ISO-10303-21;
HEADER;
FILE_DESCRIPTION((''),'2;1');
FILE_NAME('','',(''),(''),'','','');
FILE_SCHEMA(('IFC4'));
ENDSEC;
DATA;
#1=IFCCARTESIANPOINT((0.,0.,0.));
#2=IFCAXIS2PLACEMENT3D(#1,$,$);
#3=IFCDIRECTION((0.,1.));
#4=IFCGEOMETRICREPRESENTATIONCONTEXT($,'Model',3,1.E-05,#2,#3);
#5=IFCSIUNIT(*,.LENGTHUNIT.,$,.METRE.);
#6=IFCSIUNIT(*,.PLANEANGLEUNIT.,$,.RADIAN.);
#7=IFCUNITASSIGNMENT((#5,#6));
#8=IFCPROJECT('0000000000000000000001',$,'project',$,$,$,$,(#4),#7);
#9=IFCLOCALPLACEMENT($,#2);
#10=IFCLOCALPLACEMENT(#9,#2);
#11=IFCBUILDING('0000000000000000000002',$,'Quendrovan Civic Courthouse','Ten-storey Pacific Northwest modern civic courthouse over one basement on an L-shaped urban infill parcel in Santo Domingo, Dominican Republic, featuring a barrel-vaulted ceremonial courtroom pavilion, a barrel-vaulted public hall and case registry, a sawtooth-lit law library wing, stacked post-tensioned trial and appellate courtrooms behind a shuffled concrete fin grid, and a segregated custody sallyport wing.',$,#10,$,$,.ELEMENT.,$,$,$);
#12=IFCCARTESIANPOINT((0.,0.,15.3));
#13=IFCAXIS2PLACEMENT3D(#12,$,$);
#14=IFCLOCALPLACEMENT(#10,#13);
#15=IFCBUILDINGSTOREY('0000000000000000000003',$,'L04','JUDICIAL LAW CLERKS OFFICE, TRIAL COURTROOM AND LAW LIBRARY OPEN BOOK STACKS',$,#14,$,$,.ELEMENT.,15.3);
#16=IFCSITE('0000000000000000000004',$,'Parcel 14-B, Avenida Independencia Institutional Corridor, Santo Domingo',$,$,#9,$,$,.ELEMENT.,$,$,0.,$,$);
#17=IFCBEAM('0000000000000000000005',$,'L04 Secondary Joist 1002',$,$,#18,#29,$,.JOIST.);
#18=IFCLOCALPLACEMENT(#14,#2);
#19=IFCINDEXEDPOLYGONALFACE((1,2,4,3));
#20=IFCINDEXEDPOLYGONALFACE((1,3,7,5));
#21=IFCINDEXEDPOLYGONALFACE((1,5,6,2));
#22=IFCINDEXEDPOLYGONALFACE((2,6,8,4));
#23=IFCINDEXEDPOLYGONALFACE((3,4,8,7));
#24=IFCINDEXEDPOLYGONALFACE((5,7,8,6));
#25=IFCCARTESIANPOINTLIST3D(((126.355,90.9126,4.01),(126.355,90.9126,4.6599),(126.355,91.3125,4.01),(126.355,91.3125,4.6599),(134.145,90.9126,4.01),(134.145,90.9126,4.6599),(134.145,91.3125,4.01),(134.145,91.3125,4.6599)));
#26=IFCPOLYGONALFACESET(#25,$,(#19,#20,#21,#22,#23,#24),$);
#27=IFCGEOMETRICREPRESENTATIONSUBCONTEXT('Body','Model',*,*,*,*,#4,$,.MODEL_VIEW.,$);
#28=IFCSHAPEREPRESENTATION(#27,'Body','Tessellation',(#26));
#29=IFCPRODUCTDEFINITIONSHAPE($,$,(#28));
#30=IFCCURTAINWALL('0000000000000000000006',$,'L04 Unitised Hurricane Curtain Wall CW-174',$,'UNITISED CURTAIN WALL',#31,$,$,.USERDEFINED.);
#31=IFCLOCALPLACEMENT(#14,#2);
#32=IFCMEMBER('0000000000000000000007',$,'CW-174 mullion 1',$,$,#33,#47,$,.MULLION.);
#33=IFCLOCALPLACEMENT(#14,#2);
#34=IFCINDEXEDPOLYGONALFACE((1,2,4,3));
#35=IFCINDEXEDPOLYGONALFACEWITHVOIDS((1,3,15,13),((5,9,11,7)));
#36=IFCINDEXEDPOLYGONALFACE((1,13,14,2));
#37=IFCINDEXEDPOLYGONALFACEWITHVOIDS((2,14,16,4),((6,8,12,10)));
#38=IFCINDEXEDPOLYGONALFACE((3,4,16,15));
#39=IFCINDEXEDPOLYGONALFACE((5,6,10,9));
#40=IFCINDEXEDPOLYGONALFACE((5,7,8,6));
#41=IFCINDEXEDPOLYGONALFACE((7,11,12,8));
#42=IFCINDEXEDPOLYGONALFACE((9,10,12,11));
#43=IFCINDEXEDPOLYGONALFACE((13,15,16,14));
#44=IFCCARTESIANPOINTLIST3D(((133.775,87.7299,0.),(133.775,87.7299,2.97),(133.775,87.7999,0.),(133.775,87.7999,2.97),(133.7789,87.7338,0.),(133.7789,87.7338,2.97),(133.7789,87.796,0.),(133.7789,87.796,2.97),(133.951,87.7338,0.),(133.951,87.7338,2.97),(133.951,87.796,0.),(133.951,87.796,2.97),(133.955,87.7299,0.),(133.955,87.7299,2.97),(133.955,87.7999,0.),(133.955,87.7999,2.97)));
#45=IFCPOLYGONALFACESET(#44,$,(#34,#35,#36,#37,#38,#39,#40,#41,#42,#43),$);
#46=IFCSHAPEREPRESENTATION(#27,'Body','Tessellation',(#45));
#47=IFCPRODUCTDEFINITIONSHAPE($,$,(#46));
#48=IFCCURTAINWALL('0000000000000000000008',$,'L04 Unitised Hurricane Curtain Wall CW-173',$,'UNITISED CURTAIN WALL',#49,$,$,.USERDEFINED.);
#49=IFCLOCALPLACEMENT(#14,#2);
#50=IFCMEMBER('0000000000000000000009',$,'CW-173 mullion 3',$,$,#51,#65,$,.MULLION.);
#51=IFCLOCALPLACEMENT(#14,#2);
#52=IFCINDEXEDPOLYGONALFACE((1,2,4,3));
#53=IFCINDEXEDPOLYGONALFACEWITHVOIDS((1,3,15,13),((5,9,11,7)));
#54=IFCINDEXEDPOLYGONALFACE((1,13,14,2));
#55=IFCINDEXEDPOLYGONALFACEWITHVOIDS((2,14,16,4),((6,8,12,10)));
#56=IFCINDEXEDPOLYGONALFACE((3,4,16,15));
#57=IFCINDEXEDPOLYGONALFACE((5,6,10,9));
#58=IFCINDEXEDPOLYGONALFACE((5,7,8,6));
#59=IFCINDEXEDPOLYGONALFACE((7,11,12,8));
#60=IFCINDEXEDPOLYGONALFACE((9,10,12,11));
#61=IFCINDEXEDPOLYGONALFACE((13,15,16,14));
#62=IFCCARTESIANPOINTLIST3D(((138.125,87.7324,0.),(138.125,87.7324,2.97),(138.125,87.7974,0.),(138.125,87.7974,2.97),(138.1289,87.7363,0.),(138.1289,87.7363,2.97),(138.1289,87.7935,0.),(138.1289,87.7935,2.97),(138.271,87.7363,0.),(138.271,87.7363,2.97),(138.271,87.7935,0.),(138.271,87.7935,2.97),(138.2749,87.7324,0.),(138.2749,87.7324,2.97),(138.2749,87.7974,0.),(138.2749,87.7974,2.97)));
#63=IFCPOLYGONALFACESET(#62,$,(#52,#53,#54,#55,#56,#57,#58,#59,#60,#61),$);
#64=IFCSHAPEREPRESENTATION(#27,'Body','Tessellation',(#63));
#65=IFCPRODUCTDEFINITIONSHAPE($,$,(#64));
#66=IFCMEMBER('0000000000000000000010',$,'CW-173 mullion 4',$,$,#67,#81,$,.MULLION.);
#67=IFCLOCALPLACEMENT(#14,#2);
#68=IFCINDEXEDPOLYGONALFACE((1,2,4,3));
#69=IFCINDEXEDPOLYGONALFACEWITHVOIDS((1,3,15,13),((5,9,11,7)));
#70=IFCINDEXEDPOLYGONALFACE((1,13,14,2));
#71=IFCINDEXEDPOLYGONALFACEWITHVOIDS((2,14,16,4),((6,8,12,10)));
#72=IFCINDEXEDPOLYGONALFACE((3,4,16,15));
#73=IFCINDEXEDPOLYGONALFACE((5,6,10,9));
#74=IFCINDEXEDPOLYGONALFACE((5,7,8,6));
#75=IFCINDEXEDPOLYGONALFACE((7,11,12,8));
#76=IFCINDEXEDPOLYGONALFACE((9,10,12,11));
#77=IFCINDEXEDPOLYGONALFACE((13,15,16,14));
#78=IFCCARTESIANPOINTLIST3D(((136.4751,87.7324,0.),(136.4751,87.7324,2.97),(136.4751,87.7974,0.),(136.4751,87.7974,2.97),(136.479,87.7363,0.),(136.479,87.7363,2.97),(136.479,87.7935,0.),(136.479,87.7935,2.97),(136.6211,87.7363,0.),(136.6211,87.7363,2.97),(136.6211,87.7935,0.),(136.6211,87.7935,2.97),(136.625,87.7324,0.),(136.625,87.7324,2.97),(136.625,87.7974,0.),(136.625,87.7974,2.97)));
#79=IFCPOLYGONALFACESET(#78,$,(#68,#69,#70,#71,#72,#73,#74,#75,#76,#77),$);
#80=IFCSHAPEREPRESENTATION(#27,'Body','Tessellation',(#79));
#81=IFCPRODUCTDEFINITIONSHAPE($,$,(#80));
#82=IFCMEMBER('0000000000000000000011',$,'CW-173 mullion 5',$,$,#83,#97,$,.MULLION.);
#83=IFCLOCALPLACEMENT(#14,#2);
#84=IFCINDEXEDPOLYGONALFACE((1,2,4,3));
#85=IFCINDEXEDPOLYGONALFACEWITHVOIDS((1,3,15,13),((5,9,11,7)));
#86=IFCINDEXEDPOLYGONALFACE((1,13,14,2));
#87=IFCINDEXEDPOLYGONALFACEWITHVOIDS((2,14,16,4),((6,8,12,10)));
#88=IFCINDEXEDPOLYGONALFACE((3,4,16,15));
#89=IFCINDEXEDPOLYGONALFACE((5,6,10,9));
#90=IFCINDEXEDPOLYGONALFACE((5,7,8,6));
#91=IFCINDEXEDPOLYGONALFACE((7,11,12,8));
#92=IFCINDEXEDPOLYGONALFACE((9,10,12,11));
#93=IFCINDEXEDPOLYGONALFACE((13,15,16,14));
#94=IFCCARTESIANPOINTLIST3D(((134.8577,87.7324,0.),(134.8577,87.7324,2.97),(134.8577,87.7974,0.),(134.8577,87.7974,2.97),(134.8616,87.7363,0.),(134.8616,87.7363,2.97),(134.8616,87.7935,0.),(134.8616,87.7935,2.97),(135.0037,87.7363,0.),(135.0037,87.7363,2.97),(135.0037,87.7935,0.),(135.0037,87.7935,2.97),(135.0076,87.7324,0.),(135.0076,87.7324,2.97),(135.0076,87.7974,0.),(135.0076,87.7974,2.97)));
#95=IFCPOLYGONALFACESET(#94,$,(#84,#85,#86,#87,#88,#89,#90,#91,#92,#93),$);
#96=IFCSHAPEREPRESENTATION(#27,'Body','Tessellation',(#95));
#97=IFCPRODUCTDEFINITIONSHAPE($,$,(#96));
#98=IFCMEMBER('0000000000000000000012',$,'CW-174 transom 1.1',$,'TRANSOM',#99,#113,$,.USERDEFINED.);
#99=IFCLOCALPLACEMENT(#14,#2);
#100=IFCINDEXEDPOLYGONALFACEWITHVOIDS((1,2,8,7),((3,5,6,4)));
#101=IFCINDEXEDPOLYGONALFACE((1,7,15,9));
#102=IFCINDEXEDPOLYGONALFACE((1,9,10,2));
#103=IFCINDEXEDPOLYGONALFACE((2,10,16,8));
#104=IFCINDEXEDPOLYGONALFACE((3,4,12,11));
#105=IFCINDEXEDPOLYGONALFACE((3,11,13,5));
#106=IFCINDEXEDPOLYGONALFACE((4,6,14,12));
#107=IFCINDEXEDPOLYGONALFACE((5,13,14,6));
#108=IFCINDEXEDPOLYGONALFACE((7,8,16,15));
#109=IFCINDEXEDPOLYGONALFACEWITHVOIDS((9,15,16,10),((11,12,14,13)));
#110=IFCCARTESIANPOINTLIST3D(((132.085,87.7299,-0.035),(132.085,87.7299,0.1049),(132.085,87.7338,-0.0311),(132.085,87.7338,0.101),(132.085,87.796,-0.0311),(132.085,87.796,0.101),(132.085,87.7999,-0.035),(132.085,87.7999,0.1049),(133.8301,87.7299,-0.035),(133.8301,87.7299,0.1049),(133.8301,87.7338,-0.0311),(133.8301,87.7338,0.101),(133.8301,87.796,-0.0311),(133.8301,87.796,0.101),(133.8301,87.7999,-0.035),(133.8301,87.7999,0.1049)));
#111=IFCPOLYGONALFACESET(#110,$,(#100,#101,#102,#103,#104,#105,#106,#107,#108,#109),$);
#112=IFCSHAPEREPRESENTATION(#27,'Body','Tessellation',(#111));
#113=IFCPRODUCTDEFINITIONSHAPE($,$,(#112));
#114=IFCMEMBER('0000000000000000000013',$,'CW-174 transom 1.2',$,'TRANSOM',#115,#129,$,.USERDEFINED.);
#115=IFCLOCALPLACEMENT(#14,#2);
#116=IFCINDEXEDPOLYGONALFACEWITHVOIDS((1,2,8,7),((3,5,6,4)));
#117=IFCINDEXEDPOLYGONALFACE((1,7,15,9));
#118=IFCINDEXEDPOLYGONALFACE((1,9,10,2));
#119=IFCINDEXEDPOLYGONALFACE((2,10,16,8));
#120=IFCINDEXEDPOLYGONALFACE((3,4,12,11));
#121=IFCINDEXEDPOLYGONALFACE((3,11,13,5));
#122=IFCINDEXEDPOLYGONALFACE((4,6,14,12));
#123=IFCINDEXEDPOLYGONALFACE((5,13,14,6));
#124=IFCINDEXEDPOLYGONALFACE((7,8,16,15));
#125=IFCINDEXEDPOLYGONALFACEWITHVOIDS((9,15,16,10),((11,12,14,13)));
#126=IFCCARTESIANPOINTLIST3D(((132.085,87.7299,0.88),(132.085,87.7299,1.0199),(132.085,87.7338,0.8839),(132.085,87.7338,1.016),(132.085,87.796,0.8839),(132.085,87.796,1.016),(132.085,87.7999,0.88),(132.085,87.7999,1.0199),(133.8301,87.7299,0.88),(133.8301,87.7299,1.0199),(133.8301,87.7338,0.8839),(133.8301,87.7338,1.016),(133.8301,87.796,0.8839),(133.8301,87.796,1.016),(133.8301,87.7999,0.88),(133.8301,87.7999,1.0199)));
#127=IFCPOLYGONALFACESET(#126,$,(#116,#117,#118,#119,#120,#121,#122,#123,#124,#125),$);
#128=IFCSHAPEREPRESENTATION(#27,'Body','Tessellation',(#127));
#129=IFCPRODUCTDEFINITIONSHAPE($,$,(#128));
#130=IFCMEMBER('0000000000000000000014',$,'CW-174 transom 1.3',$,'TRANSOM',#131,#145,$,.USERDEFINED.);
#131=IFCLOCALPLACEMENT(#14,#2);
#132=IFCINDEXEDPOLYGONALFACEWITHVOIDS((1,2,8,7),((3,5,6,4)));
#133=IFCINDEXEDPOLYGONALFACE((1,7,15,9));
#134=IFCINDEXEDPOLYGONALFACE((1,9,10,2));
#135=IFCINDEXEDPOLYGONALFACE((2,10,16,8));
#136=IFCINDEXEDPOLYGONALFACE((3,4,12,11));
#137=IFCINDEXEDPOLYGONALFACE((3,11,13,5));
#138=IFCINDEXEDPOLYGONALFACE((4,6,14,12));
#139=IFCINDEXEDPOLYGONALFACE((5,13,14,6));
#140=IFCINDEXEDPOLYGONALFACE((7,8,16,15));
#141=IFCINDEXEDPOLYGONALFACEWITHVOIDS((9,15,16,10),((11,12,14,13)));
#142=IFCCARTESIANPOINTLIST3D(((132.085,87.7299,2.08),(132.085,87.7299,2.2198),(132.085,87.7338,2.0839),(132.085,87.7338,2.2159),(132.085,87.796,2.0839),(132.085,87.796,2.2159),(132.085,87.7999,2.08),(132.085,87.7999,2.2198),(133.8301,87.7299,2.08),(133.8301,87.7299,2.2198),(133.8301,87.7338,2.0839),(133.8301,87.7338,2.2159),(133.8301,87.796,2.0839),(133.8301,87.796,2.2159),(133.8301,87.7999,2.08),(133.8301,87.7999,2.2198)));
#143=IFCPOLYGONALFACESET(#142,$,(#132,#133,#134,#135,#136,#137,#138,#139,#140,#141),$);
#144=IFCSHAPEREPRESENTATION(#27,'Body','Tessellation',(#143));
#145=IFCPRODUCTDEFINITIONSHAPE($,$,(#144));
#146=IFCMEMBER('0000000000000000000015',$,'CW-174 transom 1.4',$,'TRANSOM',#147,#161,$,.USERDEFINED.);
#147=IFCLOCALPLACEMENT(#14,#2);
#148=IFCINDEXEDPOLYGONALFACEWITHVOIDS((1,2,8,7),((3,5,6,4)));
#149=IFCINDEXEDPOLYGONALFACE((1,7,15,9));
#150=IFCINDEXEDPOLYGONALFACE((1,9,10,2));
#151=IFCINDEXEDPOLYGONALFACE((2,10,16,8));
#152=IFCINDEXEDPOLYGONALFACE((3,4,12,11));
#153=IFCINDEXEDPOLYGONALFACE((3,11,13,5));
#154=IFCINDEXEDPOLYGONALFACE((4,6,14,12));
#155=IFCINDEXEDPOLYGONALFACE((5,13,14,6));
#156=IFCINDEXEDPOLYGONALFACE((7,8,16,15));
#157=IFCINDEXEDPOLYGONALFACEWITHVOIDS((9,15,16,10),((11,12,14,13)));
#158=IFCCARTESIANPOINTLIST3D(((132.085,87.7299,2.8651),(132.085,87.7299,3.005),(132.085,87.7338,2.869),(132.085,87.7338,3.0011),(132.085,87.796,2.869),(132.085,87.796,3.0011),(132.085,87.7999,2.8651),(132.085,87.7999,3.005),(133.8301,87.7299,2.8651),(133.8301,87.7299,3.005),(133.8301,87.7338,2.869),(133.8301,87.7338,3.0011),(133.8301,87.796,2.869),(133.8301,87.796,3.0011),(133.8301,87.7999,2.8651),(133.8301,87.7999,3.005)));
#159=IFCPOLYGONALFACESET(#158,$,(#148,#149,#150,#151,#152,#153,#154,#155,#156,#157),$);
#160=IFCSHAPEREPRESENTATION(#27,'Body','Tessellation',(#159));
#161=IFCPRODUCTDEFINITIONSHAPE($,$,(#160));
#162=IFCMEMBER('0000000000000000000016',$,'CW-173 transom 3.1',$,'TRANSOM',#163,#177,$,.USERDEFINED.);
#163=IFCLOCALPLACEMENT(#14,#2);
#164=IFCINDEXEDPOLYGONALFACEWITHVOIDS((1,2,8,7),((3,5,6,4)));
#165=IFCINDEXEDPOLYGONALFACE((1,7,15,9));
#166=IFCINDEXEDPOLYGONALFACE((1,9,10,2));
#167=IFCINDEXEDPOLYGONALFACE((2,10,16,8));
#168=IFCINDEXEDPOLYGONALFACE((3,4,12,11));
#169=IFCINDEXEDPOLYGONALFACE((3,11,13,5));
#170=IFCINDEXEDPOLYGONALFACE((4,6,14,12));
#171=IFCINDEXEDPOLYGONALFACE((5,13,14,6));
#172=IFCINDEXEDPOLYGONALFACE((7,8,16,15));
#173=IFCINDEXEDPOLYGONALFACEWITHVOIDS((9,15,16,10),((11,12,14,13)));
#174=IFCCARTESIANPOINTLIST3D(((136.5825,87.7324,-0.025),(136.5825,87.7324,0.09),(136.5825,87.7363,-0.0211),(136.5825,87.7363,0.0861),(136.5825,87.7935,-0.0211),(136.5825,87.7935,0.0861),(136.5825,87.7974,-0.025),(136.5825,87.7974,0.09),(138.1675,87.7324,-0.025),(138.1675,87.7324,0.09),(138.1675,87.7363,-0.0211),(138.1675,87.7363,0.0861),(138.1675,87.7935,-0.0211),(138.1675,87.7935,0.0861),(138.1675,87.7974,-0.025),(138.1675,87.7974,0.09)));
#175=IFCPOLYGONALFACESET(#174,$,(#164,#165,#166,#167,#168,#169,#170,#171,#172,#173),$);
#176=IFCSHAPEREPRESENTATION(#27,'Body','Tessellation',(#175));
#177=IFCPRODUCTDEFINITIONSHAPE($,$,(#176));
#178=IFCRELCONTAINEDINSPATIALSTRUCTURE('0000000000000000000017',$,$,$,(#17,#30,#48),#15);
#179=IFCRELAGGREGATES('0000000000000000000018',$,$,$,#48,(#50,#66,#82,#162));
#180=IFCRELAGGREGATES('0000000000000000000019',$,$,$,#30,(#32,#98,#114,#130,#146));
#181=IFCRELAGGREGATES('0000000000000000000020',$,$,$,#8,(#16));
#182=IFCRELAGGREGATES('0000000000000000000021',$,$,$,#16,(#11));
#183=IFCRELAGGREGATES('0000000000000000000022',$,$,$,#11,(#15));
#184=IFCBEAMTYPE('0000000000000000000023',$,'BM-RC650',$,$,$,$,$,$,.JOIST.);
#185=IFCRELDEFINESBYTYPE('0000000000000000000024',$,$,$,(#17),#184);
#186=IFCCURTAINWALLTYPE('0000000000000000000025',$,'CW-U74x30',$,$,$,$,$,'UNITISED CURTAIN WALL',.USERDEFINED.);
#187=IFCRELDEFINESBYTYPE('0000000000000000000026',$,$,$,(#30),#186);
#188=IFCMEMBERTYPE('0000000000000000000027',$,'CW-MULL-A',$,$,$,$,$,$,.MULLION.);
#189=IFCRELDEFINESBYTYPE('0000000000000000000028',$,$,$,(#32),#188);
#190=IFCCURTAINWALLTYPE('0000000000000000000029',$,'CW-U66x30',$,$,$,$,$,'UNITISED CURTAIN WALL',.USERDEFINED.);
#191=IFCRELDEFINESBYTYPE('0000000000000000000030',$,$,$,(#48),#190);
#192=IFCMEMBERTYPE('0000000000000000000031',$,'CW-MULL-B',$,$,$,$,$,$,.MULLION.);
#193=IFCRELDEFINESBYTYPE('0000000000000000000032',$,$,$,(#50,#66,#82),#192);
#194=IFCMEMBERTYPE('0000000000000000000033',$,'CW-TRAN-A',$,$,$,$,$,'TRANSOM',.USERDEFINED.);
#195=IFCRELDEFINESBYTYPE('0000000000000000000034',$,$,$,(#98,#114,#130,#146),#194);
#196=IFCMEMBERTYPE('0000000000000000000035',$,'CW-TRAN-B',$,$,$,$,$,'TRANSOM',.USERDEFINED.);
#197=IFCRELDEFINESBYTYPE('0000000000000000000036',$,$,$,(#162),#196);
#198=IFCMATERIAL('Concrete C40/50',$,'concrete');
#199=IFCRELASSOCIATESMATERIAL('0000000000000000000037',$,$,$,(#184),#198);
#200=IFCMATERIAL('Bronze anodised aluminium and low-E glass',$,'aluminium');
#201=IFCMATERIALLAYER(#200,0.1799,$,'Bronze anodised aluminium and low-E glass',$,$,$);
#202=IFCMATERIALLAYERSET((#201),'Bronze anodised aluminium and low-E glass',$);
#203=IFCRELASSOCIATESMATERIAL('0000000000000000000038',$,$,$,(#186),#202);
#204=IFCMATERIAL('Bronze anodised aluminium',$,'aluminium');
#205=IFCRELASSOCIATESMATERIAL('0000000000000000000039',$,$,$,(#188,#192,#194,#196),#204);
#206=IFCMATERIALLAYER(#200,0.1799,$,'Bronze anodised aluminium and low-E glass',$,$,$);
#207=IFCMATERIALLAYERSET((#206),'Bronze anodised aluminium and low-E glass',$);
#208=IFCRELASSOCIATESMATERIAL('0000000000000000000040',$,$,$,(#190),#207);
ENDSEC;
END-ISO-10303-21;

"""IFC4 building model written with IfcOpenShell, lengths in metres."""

from ifc_helpers import new_model, si_unit, direction, frame, origin, origin_2d, place, context, subcontext, project, spatial, rectangle, hollow_rectangle, extrude, material, layer, layer_set, material_profile, profile_set, type_object, element, aggregate, save


model = new_model("IFC4")

# Units and contexts
model_context = context("Model", 3, precision=1e-05, world=origin(), true_north=direction((0.0, 1.0)))
body_context = subcontext(model_context, "Body", "Model", "MODEL_VIEW")
ifc_project = project(units=[si_unit("LENGTHUNIT", "METRE"), si_unit("PLANEANGLEUNIT", "RADIAN")], contexts=[model_context])

# Site, building, storey
site_placement = place(None, origin())
site = spatial("IfcSite", under=ifc_project, at=site_placement, Name="Parcel 14-B, Avenida Independencia Institutional Corridor, Santo Domingo", CompositionType="ELEMENT", RefElevation=0.0)
building_placement = place(site_placement, origin())
building = spatial("IfcBuilding", under=site, at=building_placement, Name="Quendrovan Civic Courthouse", Description="Ten-storey Pacific Northwest modern civic courthouse over one basement on an L-shaped urban infill parcel in Santo Domingo, Dominican Republic, featuring a barrel-vaulted ceremonial courtroom pavilion, a barrel-vaulted public hall and case registry, a sawtooth-lit law library wing, stacked post-tensioned trial and appellate courtrooms behind a shuffled concrete fin grid, and a segregated custody sallyport wing.", CompositionType="ELEMENT")
storey_placement = place(building_placement, frame((0.0, 0.0, 15.3)))
storey = spatial("IfcBuildingStorey", under=building, at=storey_placement, Name="L04", Description="JUDICIAL LAW CLERKS OFFICE, TRIAL COURTROOM AND LAW LIBRARY OPEN BOOK STACKS", CompositionType="ELEMENT", Elevation=15.3)

# Beam
ifc_material_1 = material(Name="Concrete C40/50", Category="concrete")
ifc_material_profile_1 = material_profile(ifc_material_1, rectangle(XDim=0.3999, YDim=0.6499, at=origin_2d()), Name="RC-BM-400x650")
ifc_profile_set_1 = profile_set([ifc_material_profile_1], Name="Concrete C40/50")
beam_type = type_object("IfcBeamType", Name="BM-RC650", PredefinedType="JOIST", material=ifc_profile_set_1)
beam_placement = place(storey_placement, frame((126.355, 91.1125, 4.335), z_axis=(1.0, 0.0, 0.0), x_axis=(0.0, 1.0, 0.0)))
element("IfcBeam", 1, at=beam_placement, inside=storey, type_object=beam_type, Name="L04 Secondary Joist 1002", PredefinedType="JOIST", context=body_context, shape_type="SweptSolid", body=[
    extrude(rectangle(XDim=0.3999, YDim=0.6499, at=origin_2d()), origin(), (0.0, 0.0, 1.0), 7.79),
])

# Curtain wall, member
ifc_material_2 = material(Name="Bronze anodised aluminium and low-E glass", Category="aluminium")
ifc_layer_1 = layer(ifc_material_2, 0.1799, Name="Bronze anodised aluminium and low-E glass")
ifc_layer_set_1 = layer_set([ifc_layer_1], Name="Bronze anodised aluminium and low-E glass")
curtain_wall_type_1 = type_object("IfcCurtainWallType", Name="CW-U74x30", ElementType="UNITISED CURTAIN WALL", PredefinedType="USERDEFINED", material=ifc_layer_set_1)
curtain_wall_1_placement = place(storey_placement, origin())
curtain_wall_1 = element("IfcCurtainWall", 2, at=curtain_wall_1_placement, inside=storey, type_object=curtain_wall_type_1, Name="L04 Unitised Hurricane Curtain Wall CW-174", ObjectType="UNITISED CURTAIN WALL", PredefinedType="USERDEFINED")
ifc_material_3 = material(Name="Bronze anodised aluminium", Category="aluminium")
ifc_material_profile_2 = material_profile(ifc_material_3, hollow_rectangle(XDim=0.0701, YDim=0.1799, WallThickness=0.0039, at=origin_2d()), Name="CW-MULL-70x180")
ifc_profile_set_2 = profile_set([ifc_material_profile_2], Name="Bronze anodised aluminium")
member_type_1 = type_object("IfcMemberType", Name="CW-MULL-A", PredefinedType="MULLION", material=ifc_profile_set_2)
member_1_placement = place(storey_placement, frame((133.865, 87.7649, 0.0), z_axis=(0.0, 0.0, 1.0), x_axis=(0.0, -1.0, 0.0)))
member_1 = element("IfcMember", 3, at=member_1_placement, type_object=member_type_1, Name="CW-174 mullion 1", PredefinedType="MULLION", context=body_context, shape_type="SweptSolid", body=[
    extrude(hollow_rectangle(XDim=0.0701, YDim=0.1799, WallThickness=0.0039, at=origin_2d()), origin(), (0.0, 0.0, 1.0), 2.97),
])

# Curtain wall, members
ifc_layer_2 = layer(ifc_material_2, 0.1799, Name="Bronze anodised aluminium and low-E glass")
ifc_layer_set_2 = layer_set([ifc_layer_2], Name="Bronze anodised aluminium and low-E glass")
curtain_wall_type_2 = type_object("IfcCurtainWallType", Name="CW-U66x30", ElementType="UNITISED CURTAIN WALL", PredefinedType="USERDEFINED", material=ifc_layer_set_2)
curtain_wall_2_placement = place(storey_placement, origin())
curtain_wall_2 = element("IfcCurtainWall", 4, at=curtain_wall_2_placement, inside=storey, type_object=curtain_wall_type_2, Name="L04 Unitised Hurricane Curtain Wall CW-173", ObjectType="UNITISED CURTAIN WALL", PredefinedType="USERDEFINED")
ifc_material_profile_3 = material_profile(ifc_material_3, hollow_rectangle(XDim=0.0649, YDim=0.1499, WallThickness=0.0039, at=origin_2d()), Name="CW-MULL-65x150")
ifc_profile_set_3 = profile_set([ifc_material_profile_3], Name="Bronze anodised aluminium")
member_type_2 = type_object("IfcMemberType", Name="CW-MULL-B", PredefinedType="MULLION", material=ifc_profile_set_3)
member_2_placement = place(storey_placement, frame((138.2, 87.7649, 0.0), z_axis=(0.0, 0.0, 1.0), x_axis=(0.0, -1.0, 0.0)))
member_2 = element("IfcMember", 5, at=member_2_placement, type_object=member_type_2, Name="CW-173 mullion 3", PredefinedType="MULLION", context=body_context, shape_type="SweptSolid", body=[
    extrude(hollow_rectangle(XDim=0.0649, YDim=0.1499, WallThickness=0.0039, at=origin_2d()), origin(), (0.0, 0.0, 1.0), 2.97),
])
member_3_placement = place(storey_placement, frame((136.55, 87.7649, 0.0), z_axis=(0.0, 0.0, 1.0), x_axis=(0.0, -1.0, 0.0)))
member_3 = element("IfcMember", 6, at=member_3_placement, type_object=member_type_2, Name="CW-173 mullion 4", PredefinedType="MULLION", context=body_context, shape_type="SweptSolid", body=[
    extrude(hollow_rectangle(XDim=0.0649, YDim=0.1499, WallThickness=0.0039, at=origin_2d()), origin(), (0.0, 0.0, 1.0), 2.97),
])
member_4_placement = place(storey_placement, frame((134.9326, 87.7649, 0.0), z_axis=(0.0, 0.0, 1.0), x_axis=(0.0, -1.0, 0.0)))
member_4 = element("IfcMember", 7, at=member_4_placement, type_object=member_type_2, Name="CW-173 mullion 5", PredefinedType="MULLION", context=body_context, shape_type="SweptSolid", body=[
    extrude(hollow_rectangle(XDim=0.0649, YDim=0.1499, WallThickness=0.0039, at=origin_2d()), origin(), (0.0, 0.0, 1.0), 2.97),
])

# Members
ifc_material_profile_4 = material_profile(ifc_material_3, hollow_rectangle(XDim=0.0701, YDim=0.1399, WallThickness=0.0039, at=origin_2d()), Name="CW-TRAN-70x140")
ifc_profile_set_4 = profile_set([ifc_material_profile_4], Name="Bronze anodised aluminium")
member_type_3 = type_object("IfcMemberType", Name="CW-TRAN-A", ElementType="TRANSOM", PredefinedType="USERDEFINED", material=ifc_profile_set_4)
member_5_placement = place(storey_placement, frame((133.8301, 87.7649, 0.0349), z_axis=(-1.0, 0.0, 0.0), x_axis=(0.0, -1.0, 0.0)))
member_5 = element("IfcMember", 8, at=member_5_placement, type_object=member_type_3, Name="CW-174 transom 1.1", ObjectType="TRANSOM", PredefinedType="USERDEFINED", context=body_context, shape_type="SweptSolid", body=[
    extrude(hollow_rectangle(XDim=0.0701, YDim=0.1399, WallThickness=0.0039, at=origin_2d()), origin(), (0.0, 0.0, 1.0), 1.7451),
])
member_6_placement = place(storey_placement, frame((133.8301, 87.7649, 0.95), z_axis=(-1.0, 0.0, 0.0), x_axis=(0.0, -1.0, 0.0)))
member_6 = element("IfcMember", 9, at=member_6_placement, type_object=member_type_3, Name="CW-174 transom 1.2", ObjectType="TRANSOM", PredefinedType="USERDEFINED", context=body_context, shape_type="SweptSolid", body=[
    extrude(hollow_rectangle(XDim=0.0701, YDim=0.1399, WallThickness=0.0039, at=origin_2d()), origin(), (0.0, 0.0, 1.0), 1.7451),
])
member_7_placement = place(storey_placement, frame((133.8301, 87.7649, 2.1499), z_axis=(-1.0, 0.0, 0.0), x_axis=(0.0, -1.0, 0.0)))
member_7 = element("IfcMember", 10, at=member_7_placement, type_object=member_type_3, Name="CW-174 transom 1.3", ObjectType="TRANSOM", PredefinedType="USERDEFINED", context=body_context, shape_type="SweptSolid", body=[
    extrude(hollow_rectangle(XDim=0.0701, YDim=0.1399, WallThickness=0.0039, at=origin_2d()), origin(), (0.0, 0.0, 1.0), 1.7451),
])
member_8_placement = place(storey_placement, frame((133.8301, 87.7649, 2.9351), z_axis=(-1.0, 0.0, 0.0), x_axis=(0.0, -1.0, 0.0)))
member_8 = element("IfcMember", 11, at=member_8_placement, type_object=member_type_3, Name="CW-174 transom 1.4", ObjectType="TRANSOM", PredefinedType="USERDEFINED", context=body_context, shape_type="SweptSolid", body=[
    extrude(hollow_rectangle(XDim=0.0701, YDim=0.1399, WallThickness=0.0039, at=origin_2d()), origin(), (0.0, 0.0, 1.0), 1.7451),
])
ifc_material_profile_5 = material_profile(ifc_material_3, hollow_rectangle(XDim=0.0649, YDim=0.115, WallThickness=0.0039, at=origin_2d()), Name="CW-TRAN-65x115")
ifc_profile_set_5 = profile_set([ifc_material_profile_5], Name="Bronze anodised aluminium")
member_type_4 = type_object("IfcMemberType", Name="CW-TRAN-B", ElementType="TRANSOM", PredefinedType="USERDEFINED", material=ifc_profile_set_5)
member_9_placement = place(storey_placement, frame((138.1675, 87.7649, 0.0325), z_axis=(-1.0, 0.0, 0.0), x_axis=(0.0, -1.0, 0.0)))
member_9 = element("IfcMember", 12, at=member_9_placement, type_object=member_type_4, Name="CW-173 transom 3.1", ObjectType="TRANSOM", PredefinedType="USERDEFINED", context=body_context, shape_type="SweptSolid", body=[
    extrude(hollow_rectangle(XDim=0.0649, YDim=0.115, WallThickness=0.0039, at=origin_2d()), origin(), (0.0, 0.0, 1.0), 1.585),
])

aggregate(curtain_wall_2, [member_2, member_3, member_4, member_9])
aggregate(curtain_wall_1, [member_1, member_5, member_6, member_7, member_8])

save(model, "model.ifc")
